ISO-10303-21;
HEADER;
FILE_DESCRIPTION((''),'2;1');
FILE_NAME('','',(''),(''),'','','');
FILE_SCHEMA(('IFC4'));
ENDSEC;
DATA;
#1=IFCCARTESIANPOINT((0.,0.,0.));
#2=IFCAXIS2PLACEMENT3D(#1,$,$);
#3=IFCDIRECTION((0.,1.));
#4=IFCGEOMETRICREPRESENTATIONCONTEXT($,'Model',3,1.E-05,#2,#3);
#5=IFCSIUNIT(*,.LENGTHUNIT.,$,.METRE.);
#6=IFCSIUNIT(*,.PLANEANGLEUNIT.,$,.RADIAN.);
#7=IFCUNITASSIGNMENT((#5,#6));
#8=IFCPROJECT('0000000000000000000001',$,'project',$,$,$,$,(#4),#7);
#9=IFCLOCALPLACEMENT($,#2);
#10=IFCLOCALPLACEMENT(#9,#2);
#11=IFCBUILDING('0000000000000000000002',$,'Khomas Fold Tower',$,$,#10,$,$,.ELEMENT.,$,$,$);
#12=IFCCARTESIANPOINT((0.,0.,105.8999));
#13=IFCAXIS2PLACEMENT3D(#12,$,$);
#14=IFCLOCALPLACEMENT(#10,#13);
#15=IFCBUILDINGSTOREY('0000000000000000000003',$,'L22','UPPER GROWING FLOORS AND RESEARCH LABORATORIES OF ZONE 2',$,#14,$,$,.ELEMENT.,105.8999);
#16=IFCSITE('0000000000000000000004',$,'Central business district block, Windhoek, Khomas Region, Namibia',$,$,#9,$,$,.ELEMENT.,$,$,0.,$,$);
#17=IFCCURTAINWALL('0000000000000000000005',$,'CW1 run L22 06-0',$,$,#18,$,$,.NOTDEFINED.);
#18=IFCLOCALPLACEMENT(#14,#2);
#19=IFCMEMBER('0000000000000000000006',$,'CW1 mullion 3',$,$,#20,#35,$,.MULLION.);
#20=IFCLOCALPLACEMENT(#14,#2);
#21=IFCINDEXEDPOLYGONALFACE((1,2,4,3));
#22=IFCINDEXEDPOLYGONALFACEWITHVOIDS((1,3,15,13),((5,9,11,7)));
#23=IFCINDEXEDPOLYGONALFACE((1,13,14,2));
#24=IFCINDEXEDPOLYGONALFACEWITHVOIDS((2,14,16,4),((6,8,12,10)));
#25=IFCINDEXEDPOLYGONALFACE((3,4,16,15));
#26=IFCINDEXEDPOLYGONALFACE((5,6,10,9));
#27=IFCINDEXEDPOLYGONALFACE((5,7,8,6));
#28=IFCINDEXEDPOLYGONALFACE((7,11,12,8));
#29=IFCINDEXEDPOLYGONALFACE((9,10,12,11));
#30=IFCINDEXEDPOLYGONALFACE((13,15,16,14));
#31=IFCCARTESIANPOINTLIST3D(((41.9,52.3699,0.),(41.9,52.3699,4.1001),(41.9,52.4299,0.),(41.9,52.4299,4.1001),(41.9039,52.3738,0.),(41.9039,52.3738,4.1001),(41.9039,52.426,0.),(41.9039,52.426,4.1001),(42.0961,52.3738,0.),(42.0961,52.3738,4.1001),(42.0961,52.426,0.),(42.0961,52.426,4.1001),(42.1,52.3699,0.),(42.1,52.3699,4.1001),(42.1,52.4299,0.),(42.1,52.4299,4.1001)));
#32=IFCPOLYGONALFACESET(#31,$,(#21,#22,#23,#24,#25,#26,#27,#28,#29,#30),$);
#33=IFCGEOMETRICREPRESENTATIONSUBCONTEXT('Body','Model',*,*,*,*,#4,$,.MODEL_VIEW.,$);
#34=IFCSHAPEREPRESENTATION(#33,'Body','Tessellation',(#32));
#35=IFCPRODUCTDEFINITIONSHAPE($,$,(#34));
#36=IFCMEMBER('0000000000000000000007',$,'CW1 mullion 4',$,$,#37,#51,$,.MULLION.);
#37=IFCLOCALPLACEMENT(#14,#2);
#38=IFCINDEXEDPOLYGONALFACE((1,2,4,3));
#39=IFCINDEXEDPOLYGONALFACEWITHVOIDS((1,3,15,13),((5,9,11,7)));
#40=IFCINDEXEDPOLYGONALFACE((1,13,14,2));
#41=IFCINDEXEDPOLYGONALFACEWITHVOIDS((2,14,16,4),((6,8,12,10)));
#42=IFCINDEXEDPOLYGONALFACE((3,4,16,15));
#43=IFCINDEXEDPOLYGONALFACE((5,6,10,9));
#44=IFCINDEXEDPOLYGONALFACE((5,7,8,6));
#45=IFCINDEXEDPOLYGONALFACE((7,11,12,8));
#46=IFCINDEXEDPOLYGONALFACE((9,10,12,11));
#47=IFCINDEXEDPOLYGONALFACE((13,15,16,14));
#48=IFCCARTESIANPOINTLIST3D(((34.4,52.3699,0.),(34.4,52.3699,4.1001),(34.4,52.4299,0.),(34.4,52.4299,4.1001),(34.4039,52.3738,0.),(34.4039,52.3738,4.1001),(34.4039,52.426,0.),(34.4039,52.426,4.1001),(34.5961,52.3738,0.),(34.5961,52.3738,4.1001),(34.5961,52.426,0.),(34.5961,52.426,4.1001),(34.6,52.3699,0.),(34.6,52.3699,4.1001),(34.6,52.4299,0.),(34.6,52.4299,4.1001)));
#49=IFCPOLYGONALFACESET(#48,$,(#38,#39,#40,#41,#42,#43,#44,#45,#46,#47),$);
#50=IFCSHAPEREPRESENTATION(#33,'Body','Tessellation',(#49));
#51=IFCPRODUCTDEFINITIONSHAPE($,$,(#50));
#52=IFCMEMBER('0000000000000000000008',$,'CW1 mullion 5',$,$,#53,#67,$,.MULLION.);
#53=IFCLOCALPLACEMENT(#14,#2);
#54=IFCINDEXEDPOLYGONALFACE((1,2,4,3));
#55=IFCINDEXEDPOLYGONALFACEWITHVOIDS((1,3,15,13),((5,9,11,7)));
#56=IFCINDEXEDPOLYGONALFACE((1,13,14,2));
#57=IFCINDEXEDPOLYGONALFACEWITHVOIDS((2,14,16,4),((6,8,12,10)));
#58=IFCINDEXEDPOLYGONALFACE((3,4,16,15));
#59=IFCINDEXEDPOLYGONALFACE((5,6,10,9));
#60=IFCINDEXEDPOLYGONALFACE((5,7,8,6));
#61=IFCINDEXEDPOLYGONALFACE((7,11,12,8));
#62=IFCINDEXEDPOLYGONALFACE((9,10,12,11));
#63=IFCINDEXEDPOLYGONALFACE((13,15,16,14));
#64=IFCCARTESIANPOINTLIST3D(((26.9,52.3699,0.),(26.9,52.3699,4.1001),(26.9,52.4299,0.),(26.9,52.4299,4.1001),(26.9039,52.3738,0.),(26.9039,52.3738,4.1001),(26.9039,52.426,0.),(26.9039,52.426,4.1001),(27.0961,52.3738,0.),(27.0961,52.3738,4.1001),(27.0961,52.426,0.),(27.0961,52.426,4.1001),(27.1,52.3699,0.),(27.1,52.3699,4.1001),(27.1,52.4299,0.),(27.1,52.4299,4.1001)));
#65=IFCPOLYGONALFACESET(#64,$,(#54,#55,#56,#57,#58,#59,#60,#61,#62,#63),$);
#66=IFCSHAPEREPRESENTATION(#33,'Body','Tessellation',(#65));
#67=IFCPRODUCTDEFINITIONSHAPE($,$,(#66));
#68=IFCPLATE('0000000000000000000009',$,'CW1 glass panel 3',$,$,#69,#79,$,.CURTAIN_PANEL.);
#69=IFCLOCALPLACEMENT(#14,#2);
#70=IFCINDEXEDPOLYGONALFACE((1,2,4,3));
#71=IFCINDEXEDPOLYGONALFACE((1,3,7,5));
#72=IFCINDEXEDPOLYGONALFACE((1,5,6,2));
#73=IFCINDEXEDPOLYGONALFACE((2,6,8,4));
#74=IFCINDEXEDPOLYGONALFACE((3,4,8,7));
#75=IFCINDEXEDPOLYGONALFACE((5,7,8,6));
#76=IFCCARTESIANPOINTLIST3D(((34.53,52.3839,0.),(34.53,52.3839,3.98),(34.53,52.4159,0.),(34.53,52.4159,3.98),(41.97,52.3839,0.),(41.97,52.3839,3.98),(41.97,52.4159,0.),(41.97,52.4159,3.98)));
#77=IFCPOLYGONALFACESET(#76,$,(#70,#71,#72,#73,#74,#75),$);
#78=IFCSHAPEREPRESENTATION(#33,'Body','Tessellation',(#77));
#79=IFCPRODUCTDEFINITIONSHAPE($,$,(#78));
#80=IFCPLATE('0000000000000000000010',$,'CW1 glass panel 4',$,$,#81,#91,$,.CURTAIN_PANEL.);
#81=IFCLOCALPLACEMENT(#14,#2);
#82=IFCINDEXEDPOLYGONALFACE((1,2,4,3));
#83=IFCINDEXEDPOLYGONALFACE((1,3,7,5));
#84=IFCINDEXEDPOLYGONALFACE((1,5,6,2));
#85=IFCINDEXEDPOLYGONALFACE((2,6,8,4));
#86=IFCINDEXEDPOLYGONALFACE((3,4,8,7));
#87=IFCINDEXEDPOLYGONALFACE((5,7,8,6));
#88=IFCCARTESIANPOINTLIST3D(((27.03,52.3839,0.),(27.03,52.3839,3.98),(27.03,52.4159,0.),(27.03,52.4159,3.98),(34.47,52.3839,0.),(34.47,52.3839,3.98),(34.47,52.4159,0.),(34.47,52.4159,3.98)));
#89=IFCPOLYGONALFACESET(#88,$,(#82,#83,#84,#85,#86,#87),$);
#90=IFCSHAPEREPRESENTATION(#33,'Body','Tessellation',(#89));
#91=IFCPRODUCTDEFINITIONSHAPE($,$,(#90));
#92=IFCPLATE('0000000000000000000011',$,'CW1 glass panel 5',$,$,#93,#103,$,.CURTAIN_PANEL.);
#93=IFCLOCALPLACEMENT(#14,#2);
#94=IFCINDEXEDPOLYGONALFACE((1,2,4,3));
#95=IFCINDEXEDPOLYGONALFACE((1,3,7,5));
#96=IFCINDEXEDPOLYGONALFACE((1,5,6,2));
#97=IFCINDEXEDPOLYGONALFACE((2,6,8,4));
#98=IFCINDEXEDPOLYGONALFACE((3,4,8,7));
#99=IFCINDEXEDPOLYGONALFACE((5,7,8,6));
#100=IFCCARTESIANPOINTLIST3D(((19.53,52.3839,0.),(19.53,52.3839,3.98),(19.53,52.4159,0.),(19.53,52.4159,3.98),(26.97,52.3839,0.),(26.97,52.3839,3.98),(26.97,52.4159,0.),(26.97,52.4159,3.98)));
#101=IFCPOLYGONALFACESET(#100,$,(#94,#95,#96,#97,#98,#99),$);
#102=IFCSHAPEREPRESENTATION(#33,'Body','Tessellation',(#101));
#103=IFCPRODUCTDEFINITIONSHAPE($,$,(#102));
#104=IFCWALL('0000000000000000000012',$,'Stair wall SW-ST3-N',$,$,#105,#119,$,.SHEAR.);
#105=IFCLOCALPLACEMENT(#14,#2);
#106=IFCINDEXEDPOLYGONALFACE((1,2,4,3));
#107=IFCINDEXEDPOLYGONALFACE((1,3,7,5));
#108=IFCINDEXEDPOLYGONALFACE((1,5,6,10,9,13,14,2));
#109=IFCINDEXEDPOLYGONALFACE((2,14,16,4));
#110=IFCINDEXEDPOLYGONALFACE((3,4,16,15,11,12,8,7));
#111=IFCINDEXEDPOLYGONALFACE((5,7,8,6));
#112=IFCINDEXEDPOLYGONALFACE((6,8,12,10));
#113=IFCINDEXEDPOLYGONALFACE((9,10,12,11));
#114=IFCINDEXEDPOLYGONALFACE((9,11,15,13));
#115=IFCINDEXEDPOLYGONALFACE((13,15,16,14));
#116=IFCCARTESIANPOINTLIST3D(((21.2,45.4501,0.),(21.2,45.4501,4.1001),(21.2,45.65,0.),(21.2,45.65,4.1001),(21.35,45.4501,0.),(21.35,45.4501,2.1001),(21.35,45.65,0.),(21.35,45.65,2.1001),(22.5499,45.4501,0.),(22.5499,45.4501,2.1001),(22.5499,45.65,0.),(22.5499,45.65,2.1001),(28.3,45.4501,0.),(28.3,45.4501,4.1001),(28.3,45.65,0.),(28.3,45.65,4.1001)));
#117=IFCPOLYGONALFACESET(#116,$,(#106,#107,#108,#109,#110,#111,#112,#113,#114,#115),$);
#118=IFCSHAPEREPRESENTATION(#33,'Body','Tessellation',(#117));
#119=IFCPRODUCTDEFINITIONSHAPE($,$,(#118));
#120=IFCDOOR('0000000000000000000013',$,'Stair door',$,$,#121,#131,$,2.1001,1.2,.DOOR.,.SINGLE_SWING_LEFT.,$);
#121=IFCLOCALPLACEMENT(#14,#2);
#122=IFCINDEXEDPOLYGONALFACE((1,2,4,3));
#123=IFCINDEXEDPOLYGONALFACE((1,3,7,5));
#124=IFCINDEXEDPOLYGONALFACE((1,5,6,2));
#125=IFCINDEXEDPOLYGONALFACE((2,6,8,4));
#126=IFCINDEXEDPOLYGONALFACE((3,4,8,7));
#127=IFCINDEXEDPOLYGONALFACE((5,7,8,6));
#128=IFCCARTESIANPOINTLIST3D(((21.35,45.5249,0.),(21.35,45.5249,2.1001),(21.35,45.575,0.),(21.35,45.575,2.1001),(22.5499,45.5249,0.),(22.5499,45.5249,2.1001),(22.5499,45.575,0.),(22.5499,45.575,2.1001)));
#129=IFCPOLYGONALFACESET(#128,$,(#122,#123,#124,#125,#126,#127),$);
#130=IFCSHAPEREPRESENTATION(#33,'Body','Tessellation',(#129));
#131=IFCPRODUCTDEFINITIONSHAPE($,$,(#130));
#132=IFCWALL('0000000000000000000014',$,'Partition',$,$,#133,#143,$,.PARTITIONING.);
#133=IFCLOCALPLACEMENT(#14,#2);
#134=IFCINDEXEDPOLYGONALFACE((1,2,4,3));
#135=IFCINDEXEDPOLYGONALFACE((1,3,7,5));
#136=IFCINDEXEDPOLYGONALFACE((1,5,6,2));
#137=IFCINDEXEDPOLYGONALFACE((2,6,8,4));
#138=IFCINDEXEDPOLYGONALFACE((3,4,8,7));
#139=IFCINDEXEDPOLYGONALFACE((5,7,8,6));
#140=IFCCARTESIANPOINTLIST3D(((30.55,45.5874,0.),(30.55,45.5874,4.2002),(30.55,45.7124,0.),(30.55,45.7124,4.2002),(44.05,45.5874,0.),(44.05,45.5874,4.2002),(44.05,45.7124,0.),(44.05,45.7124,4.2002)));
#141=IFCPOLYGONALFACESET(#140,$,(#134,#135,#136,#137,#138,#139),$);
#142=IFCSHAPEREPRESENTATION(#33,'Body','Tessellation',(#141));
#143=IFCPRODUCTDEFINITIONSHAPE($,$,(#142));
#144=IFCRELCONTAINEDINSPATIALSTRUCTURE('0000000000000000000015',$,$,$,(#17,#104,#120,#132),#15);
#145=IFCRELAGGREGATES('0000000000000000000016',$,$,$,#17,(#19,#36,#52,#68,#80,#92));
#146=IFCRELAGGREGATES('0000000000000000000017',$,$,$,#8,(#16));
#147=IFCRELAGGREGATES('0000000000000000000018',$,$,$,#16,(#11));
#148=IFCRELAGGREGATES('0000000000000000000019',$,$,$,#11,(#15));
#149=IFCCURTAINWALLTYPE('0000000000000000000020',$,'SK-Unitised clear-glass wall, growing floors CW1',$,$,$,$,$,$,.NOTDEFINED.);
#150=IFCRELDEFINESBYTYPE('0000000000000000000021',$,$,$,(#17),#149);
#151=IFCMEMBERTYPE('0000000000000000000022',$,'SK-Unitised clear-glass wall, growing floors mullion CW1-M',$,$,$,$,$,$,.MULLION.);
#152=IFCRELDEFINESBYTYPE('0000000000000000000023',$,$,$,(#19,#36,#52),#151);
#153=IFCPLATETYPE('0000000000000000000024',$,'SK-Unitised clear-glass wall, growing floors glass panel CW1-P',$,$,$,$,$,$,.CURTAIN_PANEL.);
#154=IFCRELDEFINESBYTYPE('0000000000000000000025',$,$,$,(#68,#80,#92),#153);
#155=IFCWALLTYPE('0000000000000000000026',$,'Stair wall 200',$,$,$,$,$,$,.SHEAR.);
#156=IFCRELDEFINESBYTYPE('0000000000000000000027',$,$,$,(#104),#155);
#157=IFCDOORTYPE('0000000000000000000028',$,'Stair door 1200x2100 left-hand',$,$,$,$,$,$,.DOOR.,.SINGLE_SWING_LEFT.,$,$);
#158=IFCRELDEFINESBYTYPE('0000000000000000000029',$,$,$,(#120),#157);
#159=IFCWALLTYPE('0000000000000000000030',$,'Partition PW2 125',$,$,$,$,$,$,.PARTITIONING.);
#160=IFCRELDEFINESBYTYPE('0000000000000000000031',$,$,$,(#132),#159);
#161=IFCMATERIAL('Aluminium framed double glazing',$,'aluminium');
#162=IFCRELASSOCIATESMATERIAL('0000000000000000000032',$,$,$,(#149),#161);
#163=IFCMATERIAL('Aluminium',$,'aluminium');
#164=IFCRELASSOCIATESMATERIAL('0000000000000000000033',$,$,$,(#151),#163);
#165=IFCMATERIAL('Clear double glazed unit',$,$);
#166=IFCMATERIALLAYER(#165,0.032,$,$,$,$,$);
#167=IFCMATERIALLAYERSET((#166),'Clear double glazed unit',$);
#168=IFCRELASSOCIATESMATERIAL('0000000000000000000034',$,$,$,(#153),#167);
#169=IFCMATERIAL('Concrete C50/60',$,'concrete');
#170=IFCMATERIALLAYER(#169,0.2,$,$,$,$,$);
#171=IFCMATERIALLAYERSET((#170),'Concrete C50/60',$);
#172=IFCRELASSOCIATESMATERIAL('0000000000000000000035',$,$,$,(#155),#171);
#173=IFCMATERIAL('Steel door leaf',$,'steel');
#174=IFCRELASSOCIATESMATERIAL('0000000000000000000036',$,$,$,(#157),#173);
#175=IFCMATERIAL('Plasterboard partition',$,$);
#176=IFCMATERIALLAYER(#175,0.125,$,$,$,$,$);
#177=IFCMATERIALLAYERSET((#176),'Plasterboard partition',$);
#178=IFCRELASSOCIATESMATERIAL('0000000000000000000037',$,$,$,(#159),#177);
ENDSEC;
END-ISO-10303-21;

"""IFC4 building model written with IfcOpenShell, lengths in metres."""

from ifc_helpers import new_model, si_unit, direction, frame, frame_2d, origin, origin_2d, place, context, subcontext, project, spatial, rectangle, hollow_rectangle, extrude, source, transform, mapped, material, layer, layer_set, material_profile, profile_set, type_object, element, fill, aggregate, save


model = new_model("IFC4")

# Units and contexts
model_context = context("Model", 3, precision=1e-05, world=origin(), true_north=direction((0.0, 1.0)))
body_context = subcontext(model_context, "Body", "Model", "MODEL_VIEW")
ifc_project = project(units=[si_unit("LENGTHUNIT", "METRE"), si_unit("PLANEANGLEUNIT", "RADIAN")], contexts=[model_context])

# Site, building, storey
site_placement = place(None, origin())
site = spatial("IfcSite", under=ifc_project, at=site_placement, Name="Central business district block, Windhoek, Khomas Region, Namibia", CompositionType="ELEMENT", RefElevation=0.0)
building_placement = place(site_placement, origin())
building = spatial("IfcBuilding", under=site, at=building_placement, Name="Khomas Fold Tower", CompositionType="ELEMENT")
storey_placement = place(building_placement, frame((0.0, 0.0, 105.8999)))
storey = spatial("IfcBuildingStorey", under=building, at=storey_placement, Name="L22", Description="UPPER GROWING FLOORS AND RESEARCH LABORATORIES OF ZONE 2", CompositionType="ELEMENT", Elevation=105.8999)

# Curtain wall, members, plates
ifc_material_1 = material(Name="Aluminium framed double glazing", Category="aluminium")
curtain_wall_type = type_object("IfcCurtainWallType", Name="SK-Unitised clear-glass wall, growing floors CW1", PredefinedType="NOTDEFINED", material=ifc_material_1)
curtain_wall_placement = place(storey_placement, origin())
curtain_wall = element("IfcCurtainWall", 1, at=curtain_wall_placement, inside=storey, type_object=curtain_wall_type, Name="CW1 run L22 06-0", PredefinedType="NOTDEFINED")
ifc_material_2 = material(Name="Aluminium", Category="aluminium")
ifc_material_profile_1 = material_profile(ifc_material_2, hollow_rectangle(XDim=0.0601, YDim=0.2, WallThickness=0.0039, at=origin_2d()), Name="SK-Unitised clear-glass wall, growing floors mullion CW1-M")
ifc_profile_set_1 = profile_set([ifc_material_profile_1], Name="Aluminium")
member_type_1 = type_object("IfcMemberType", Name="SK-Unitised clear-glass wall, growing floors mullion CW1-M", PredefinedType="MULLION", material=ifc_profile_set_1)
shared_shape_1 = source(origin(), body_context, "Body", "SweptSolid", [
    extrude(hollow_rectangle(XDim=0.0601, YDim=0.2, WallThickness=0.0039, at=origin_2d()), origin(), (0.0, 0.0, 1.0), 4.1001),
])
member_1_placement = place(storey_placement, frame((42.0, 52.3999, 0.0), z_axis=(0.0, 0.0, 1.0), x_axis=(0.0, -1.0, 0.0)))
member_1 = element("IfcMember", 2, at=member_1_placement, type_object=member_type_1, Name="CW1 mullion 3", PredefinedType="MULLION", context=body_context, shape_type="MappedRepresentation", body=[
    mapped(shared_shape_1, transform((0.0, 0.0, 0.0))),
])
member_2_placement = place(storey_placement, frame((34.5, 52.3999, 0.0), z_axis=(0.0, 0.0, 1.0), x_axis=(0.0, -1.0, 0.0)))
member_2 = element("IfcMember", 3, at=member_2_placement, type_object=member_type_1, Name="CW1 mullion 4", PredefinedType="MULLION", context=body_context, shape_type="MappedRepresentation", body=[
    mapped(shared_shape_1, transform((0.0, 0.0, 0.0))),
])
member_3_placement = place(storey_placement, frame((27.0, 52.3999, 0.0), z_axis=(0.0, 0.0, 1.0), x_axis=(0.0, -1.0, 0.0)))
member_3 = element("IfcMember", 4, at=member_3_placement, type_object=member_type_1, Name="CW1 mullion 5", PredefinedType="MULLION", context=body_context, shape_type="MappedRepresentation", body=[
    mapped(shared_shape_1, transform((0.0, 0.0, 0.0))),
])
ifc_material_3 = material(Name="Clear double glazed unit")
ifc_layer_1 = layer(ifc_material_3, 0.032)
ifc_layer_set_1 = layer_set([ifc_layer_1], Name="Clear double glazed unit")
plate_type = type_object("IfcPlateType", Name="SK-Unitised clear-glass wall, growing floors glass panel CW1-P", PredefinedType="CURTAIN_PANEL", material=ifc_layer_set_1)
shared_shape_2 = source(origin(), body_context, "Body", "SweptSolid", [
    extrude(rectangle(XDim=7.4399, YDim=0.032, at=origin_2d()), origin(), (0.0, 0.0, 1.0), 3.98),
])
plate_1_placement = place(storey_placement, frame((38.25, 52.3999, 0.0), z_axis=(0.0, 0.0, 1.0), x_axis=(-1.0, 0.0, 0.0)))
plate_1 = element("IfcPlate", 5, at=plate_1_placement, type_object=plate_type, Name="CW1 glass panel 3", PredefinedType="CURTAIN_PANEL", context=body_context, shape_type="MappedRepresentation", body=[
    mapped(shared_shape_2, transform((0.0, 0.0, 0.0))),
])
plate_2_placement = place(storey_placement, frame((30.75, 52.3999, 0.0), z_axis=(0.0, 0.0, 1.0), x_axis=(-1.0, 0.0, 0.0)))
plate_2 = element("IfcPlate", 6, at=plate_2_placement, type_object=plate_type, Name="CW1 glass panel 4", PredefinedType="CURTAIN_PANEL", context=body_context, shape_type="MappedRepresentation", body=[
    mapped(shared_shape_2, transform((0.0, 0.0, 0.0))),
])
plate_3_placement = place(storey_placement, frame((23.25, 52.3999, 0.0), z_axis=(0.0, 0.0, 1.0), x_axis=(-1.0, 0.0, 0.0)))
plate_3 = element("IfcPlate", 7, at=plate_3_placement, type_object=plate_type, Name="CW1 glass panel 5", PredefinedType="CURTAIN_PANEL", context=body_context, shape_type="MappedRepresentation", body=[
    mapped(shared_shape_2, transform((0.0, 0.0, 0.0))),
])
aggregate(curtain_wall, [member_1, member_2, member_3, plate_1, plate_2, plate_3])

# Wall, opening, door
ifc_material_4 = material(Name="Concrete C50/60", Category="concrete")
ifc_layer_2 = layer(ifc_material_4, 0.2)
ifc_layer_set_2 = layer_set([ifc_layer_2], Name="Concrete C50/60")
wall_type_1 = type_object("IfcWallType", Name="Stair wall 200", PredefinedType="SHEAR", material=ifc_layer_set_2)
shared_shape_3 = source(origin(), body_context, "Body", "SweptSolid", [
    extrude(rectangle(XDim=7.1001, YDim=0.2, at=frame_2d((3.55, 0.0))), origin(), (0.0, 0.0, 1.0), 4.1001),
])
wall_1_placement = place(storey_placement, frame((21.2, 45.55, 0.0), z_axis=(0.0, 0.0, 1.0), x_axis=(1.0, 0.0, 0.0)))
wall_1 = element("IfcWall", 8, at=wall_1_placement, inside=storey, type_object=wall_type_1, Name="Stair wall SW-ST3-N", PredefinedType="SHEAR", context=body_context, shape_type="MappedRepresentation", body=[
    mapped(shared_shape_3, transform((0.0, 0.0, 0.0))),
])
shared_shape_4 = source(origin(), body_context, "Body", "SweptSolid", [
    extrude(rectangle(XDim=1.2, YDim=2.1001, at=frame_2d((0.6001, 1.05))), frame((0.0, 0.1099, 0.0), z_axis=(0.0, -1.0, 0.0), x_axis=(1.0, 0.0, 0.0)), (0.0, 0.0, 1.0), 0.22),
])
opening_placement = place(wall_1_placement, frame((0.1499, 0.0, 0.0)))
opening = element("IfcOpeningElement", 9, at=opening_placement, cuts=wall_1, PredefinedType="OPENING", context=body_context, shape_type="MappedRepresentation", body=[
    mapped(shared_shape_4, transform((0.0, 0.0, 0.0))),
])
ifc_material_5 = material(Name="Steel door leaf", Category="steel")
door_type = type_object("IfcDoorType", Name="Stair door 1200x2100 left-hand", OperationType="SINGLE_SWING_LEFT", PredefinedType="DOOR", material=ifc_material_5)
shared_shape_5 = source(origin(), body_context, "Body", "SweptSolid", [
    extrude(rectangle(XDim=1.2, YDim=2.1001, at=frame_2d((0.6001, 1.05))), frame((0.0, 0.0249, 0.0), z_axis=(0.0, -1.0, 0.0), x_axis=(1.0, 0.0, 0.0)), (0.0, 0.0, 1.0), 0.05),
])
door_placement = place(opening_placement, origin())
door = element("IfcDoor", 10, at=door_placement, inside=storey, type_object=door_type, Name="Stair door", OperationType="SINGLE_SWING_LEFT", OverallHeight=2.1001, OverallWidth=1.2, PredefinedType="DOOR", context=body_context, shape_type="MappedRepresentation", body=[
    mapped(shared_shape_5, transform((0.0, 0.0, 0.0))),
])
fill(opening, door)

# Wall
ifc_material_6 = material(Name="Plasterboard partition")
ifc_layer_3 = layer(ifc_material_6, 0.125)
ifc_layer_set_3 = layer_set([ifc_layer_3], Name="Plasterboard partition")
wall_type_2 = type_object("IfcWallType", Name="Partition PW2 125", PredefinedType="PARTITIONING", material=ifc_layer_set_3)
shared_shape_6 = source(origin(), body_context, "Body", "SweptSolid", [
    extrude(rectangle(XDim=13.5, YDim=0.125, at=frame_2d((6.75, 0.0))), origin(), (0.0, 0.0, 1.0), 4.2002),
])
wall_2_placement = place(storey_placement, frame((30.55, 45.6499, 0.0), z_axis=(0.0, 0.0, 1.0), x_axis=(1.0, 0.0, 0.0)))
element("IfcWall", 11, at=wall_2_placement, inside=storey, type_object=wall_type_2, Name="Partition", PredefinedType="PARTITIONING", context=body_context, shape_type="MappedRepresentation", body=[
    mapped(shared_shape_6, transform((0.0, 0.0, 0.0))),
])

save(model, "model.ifc")
